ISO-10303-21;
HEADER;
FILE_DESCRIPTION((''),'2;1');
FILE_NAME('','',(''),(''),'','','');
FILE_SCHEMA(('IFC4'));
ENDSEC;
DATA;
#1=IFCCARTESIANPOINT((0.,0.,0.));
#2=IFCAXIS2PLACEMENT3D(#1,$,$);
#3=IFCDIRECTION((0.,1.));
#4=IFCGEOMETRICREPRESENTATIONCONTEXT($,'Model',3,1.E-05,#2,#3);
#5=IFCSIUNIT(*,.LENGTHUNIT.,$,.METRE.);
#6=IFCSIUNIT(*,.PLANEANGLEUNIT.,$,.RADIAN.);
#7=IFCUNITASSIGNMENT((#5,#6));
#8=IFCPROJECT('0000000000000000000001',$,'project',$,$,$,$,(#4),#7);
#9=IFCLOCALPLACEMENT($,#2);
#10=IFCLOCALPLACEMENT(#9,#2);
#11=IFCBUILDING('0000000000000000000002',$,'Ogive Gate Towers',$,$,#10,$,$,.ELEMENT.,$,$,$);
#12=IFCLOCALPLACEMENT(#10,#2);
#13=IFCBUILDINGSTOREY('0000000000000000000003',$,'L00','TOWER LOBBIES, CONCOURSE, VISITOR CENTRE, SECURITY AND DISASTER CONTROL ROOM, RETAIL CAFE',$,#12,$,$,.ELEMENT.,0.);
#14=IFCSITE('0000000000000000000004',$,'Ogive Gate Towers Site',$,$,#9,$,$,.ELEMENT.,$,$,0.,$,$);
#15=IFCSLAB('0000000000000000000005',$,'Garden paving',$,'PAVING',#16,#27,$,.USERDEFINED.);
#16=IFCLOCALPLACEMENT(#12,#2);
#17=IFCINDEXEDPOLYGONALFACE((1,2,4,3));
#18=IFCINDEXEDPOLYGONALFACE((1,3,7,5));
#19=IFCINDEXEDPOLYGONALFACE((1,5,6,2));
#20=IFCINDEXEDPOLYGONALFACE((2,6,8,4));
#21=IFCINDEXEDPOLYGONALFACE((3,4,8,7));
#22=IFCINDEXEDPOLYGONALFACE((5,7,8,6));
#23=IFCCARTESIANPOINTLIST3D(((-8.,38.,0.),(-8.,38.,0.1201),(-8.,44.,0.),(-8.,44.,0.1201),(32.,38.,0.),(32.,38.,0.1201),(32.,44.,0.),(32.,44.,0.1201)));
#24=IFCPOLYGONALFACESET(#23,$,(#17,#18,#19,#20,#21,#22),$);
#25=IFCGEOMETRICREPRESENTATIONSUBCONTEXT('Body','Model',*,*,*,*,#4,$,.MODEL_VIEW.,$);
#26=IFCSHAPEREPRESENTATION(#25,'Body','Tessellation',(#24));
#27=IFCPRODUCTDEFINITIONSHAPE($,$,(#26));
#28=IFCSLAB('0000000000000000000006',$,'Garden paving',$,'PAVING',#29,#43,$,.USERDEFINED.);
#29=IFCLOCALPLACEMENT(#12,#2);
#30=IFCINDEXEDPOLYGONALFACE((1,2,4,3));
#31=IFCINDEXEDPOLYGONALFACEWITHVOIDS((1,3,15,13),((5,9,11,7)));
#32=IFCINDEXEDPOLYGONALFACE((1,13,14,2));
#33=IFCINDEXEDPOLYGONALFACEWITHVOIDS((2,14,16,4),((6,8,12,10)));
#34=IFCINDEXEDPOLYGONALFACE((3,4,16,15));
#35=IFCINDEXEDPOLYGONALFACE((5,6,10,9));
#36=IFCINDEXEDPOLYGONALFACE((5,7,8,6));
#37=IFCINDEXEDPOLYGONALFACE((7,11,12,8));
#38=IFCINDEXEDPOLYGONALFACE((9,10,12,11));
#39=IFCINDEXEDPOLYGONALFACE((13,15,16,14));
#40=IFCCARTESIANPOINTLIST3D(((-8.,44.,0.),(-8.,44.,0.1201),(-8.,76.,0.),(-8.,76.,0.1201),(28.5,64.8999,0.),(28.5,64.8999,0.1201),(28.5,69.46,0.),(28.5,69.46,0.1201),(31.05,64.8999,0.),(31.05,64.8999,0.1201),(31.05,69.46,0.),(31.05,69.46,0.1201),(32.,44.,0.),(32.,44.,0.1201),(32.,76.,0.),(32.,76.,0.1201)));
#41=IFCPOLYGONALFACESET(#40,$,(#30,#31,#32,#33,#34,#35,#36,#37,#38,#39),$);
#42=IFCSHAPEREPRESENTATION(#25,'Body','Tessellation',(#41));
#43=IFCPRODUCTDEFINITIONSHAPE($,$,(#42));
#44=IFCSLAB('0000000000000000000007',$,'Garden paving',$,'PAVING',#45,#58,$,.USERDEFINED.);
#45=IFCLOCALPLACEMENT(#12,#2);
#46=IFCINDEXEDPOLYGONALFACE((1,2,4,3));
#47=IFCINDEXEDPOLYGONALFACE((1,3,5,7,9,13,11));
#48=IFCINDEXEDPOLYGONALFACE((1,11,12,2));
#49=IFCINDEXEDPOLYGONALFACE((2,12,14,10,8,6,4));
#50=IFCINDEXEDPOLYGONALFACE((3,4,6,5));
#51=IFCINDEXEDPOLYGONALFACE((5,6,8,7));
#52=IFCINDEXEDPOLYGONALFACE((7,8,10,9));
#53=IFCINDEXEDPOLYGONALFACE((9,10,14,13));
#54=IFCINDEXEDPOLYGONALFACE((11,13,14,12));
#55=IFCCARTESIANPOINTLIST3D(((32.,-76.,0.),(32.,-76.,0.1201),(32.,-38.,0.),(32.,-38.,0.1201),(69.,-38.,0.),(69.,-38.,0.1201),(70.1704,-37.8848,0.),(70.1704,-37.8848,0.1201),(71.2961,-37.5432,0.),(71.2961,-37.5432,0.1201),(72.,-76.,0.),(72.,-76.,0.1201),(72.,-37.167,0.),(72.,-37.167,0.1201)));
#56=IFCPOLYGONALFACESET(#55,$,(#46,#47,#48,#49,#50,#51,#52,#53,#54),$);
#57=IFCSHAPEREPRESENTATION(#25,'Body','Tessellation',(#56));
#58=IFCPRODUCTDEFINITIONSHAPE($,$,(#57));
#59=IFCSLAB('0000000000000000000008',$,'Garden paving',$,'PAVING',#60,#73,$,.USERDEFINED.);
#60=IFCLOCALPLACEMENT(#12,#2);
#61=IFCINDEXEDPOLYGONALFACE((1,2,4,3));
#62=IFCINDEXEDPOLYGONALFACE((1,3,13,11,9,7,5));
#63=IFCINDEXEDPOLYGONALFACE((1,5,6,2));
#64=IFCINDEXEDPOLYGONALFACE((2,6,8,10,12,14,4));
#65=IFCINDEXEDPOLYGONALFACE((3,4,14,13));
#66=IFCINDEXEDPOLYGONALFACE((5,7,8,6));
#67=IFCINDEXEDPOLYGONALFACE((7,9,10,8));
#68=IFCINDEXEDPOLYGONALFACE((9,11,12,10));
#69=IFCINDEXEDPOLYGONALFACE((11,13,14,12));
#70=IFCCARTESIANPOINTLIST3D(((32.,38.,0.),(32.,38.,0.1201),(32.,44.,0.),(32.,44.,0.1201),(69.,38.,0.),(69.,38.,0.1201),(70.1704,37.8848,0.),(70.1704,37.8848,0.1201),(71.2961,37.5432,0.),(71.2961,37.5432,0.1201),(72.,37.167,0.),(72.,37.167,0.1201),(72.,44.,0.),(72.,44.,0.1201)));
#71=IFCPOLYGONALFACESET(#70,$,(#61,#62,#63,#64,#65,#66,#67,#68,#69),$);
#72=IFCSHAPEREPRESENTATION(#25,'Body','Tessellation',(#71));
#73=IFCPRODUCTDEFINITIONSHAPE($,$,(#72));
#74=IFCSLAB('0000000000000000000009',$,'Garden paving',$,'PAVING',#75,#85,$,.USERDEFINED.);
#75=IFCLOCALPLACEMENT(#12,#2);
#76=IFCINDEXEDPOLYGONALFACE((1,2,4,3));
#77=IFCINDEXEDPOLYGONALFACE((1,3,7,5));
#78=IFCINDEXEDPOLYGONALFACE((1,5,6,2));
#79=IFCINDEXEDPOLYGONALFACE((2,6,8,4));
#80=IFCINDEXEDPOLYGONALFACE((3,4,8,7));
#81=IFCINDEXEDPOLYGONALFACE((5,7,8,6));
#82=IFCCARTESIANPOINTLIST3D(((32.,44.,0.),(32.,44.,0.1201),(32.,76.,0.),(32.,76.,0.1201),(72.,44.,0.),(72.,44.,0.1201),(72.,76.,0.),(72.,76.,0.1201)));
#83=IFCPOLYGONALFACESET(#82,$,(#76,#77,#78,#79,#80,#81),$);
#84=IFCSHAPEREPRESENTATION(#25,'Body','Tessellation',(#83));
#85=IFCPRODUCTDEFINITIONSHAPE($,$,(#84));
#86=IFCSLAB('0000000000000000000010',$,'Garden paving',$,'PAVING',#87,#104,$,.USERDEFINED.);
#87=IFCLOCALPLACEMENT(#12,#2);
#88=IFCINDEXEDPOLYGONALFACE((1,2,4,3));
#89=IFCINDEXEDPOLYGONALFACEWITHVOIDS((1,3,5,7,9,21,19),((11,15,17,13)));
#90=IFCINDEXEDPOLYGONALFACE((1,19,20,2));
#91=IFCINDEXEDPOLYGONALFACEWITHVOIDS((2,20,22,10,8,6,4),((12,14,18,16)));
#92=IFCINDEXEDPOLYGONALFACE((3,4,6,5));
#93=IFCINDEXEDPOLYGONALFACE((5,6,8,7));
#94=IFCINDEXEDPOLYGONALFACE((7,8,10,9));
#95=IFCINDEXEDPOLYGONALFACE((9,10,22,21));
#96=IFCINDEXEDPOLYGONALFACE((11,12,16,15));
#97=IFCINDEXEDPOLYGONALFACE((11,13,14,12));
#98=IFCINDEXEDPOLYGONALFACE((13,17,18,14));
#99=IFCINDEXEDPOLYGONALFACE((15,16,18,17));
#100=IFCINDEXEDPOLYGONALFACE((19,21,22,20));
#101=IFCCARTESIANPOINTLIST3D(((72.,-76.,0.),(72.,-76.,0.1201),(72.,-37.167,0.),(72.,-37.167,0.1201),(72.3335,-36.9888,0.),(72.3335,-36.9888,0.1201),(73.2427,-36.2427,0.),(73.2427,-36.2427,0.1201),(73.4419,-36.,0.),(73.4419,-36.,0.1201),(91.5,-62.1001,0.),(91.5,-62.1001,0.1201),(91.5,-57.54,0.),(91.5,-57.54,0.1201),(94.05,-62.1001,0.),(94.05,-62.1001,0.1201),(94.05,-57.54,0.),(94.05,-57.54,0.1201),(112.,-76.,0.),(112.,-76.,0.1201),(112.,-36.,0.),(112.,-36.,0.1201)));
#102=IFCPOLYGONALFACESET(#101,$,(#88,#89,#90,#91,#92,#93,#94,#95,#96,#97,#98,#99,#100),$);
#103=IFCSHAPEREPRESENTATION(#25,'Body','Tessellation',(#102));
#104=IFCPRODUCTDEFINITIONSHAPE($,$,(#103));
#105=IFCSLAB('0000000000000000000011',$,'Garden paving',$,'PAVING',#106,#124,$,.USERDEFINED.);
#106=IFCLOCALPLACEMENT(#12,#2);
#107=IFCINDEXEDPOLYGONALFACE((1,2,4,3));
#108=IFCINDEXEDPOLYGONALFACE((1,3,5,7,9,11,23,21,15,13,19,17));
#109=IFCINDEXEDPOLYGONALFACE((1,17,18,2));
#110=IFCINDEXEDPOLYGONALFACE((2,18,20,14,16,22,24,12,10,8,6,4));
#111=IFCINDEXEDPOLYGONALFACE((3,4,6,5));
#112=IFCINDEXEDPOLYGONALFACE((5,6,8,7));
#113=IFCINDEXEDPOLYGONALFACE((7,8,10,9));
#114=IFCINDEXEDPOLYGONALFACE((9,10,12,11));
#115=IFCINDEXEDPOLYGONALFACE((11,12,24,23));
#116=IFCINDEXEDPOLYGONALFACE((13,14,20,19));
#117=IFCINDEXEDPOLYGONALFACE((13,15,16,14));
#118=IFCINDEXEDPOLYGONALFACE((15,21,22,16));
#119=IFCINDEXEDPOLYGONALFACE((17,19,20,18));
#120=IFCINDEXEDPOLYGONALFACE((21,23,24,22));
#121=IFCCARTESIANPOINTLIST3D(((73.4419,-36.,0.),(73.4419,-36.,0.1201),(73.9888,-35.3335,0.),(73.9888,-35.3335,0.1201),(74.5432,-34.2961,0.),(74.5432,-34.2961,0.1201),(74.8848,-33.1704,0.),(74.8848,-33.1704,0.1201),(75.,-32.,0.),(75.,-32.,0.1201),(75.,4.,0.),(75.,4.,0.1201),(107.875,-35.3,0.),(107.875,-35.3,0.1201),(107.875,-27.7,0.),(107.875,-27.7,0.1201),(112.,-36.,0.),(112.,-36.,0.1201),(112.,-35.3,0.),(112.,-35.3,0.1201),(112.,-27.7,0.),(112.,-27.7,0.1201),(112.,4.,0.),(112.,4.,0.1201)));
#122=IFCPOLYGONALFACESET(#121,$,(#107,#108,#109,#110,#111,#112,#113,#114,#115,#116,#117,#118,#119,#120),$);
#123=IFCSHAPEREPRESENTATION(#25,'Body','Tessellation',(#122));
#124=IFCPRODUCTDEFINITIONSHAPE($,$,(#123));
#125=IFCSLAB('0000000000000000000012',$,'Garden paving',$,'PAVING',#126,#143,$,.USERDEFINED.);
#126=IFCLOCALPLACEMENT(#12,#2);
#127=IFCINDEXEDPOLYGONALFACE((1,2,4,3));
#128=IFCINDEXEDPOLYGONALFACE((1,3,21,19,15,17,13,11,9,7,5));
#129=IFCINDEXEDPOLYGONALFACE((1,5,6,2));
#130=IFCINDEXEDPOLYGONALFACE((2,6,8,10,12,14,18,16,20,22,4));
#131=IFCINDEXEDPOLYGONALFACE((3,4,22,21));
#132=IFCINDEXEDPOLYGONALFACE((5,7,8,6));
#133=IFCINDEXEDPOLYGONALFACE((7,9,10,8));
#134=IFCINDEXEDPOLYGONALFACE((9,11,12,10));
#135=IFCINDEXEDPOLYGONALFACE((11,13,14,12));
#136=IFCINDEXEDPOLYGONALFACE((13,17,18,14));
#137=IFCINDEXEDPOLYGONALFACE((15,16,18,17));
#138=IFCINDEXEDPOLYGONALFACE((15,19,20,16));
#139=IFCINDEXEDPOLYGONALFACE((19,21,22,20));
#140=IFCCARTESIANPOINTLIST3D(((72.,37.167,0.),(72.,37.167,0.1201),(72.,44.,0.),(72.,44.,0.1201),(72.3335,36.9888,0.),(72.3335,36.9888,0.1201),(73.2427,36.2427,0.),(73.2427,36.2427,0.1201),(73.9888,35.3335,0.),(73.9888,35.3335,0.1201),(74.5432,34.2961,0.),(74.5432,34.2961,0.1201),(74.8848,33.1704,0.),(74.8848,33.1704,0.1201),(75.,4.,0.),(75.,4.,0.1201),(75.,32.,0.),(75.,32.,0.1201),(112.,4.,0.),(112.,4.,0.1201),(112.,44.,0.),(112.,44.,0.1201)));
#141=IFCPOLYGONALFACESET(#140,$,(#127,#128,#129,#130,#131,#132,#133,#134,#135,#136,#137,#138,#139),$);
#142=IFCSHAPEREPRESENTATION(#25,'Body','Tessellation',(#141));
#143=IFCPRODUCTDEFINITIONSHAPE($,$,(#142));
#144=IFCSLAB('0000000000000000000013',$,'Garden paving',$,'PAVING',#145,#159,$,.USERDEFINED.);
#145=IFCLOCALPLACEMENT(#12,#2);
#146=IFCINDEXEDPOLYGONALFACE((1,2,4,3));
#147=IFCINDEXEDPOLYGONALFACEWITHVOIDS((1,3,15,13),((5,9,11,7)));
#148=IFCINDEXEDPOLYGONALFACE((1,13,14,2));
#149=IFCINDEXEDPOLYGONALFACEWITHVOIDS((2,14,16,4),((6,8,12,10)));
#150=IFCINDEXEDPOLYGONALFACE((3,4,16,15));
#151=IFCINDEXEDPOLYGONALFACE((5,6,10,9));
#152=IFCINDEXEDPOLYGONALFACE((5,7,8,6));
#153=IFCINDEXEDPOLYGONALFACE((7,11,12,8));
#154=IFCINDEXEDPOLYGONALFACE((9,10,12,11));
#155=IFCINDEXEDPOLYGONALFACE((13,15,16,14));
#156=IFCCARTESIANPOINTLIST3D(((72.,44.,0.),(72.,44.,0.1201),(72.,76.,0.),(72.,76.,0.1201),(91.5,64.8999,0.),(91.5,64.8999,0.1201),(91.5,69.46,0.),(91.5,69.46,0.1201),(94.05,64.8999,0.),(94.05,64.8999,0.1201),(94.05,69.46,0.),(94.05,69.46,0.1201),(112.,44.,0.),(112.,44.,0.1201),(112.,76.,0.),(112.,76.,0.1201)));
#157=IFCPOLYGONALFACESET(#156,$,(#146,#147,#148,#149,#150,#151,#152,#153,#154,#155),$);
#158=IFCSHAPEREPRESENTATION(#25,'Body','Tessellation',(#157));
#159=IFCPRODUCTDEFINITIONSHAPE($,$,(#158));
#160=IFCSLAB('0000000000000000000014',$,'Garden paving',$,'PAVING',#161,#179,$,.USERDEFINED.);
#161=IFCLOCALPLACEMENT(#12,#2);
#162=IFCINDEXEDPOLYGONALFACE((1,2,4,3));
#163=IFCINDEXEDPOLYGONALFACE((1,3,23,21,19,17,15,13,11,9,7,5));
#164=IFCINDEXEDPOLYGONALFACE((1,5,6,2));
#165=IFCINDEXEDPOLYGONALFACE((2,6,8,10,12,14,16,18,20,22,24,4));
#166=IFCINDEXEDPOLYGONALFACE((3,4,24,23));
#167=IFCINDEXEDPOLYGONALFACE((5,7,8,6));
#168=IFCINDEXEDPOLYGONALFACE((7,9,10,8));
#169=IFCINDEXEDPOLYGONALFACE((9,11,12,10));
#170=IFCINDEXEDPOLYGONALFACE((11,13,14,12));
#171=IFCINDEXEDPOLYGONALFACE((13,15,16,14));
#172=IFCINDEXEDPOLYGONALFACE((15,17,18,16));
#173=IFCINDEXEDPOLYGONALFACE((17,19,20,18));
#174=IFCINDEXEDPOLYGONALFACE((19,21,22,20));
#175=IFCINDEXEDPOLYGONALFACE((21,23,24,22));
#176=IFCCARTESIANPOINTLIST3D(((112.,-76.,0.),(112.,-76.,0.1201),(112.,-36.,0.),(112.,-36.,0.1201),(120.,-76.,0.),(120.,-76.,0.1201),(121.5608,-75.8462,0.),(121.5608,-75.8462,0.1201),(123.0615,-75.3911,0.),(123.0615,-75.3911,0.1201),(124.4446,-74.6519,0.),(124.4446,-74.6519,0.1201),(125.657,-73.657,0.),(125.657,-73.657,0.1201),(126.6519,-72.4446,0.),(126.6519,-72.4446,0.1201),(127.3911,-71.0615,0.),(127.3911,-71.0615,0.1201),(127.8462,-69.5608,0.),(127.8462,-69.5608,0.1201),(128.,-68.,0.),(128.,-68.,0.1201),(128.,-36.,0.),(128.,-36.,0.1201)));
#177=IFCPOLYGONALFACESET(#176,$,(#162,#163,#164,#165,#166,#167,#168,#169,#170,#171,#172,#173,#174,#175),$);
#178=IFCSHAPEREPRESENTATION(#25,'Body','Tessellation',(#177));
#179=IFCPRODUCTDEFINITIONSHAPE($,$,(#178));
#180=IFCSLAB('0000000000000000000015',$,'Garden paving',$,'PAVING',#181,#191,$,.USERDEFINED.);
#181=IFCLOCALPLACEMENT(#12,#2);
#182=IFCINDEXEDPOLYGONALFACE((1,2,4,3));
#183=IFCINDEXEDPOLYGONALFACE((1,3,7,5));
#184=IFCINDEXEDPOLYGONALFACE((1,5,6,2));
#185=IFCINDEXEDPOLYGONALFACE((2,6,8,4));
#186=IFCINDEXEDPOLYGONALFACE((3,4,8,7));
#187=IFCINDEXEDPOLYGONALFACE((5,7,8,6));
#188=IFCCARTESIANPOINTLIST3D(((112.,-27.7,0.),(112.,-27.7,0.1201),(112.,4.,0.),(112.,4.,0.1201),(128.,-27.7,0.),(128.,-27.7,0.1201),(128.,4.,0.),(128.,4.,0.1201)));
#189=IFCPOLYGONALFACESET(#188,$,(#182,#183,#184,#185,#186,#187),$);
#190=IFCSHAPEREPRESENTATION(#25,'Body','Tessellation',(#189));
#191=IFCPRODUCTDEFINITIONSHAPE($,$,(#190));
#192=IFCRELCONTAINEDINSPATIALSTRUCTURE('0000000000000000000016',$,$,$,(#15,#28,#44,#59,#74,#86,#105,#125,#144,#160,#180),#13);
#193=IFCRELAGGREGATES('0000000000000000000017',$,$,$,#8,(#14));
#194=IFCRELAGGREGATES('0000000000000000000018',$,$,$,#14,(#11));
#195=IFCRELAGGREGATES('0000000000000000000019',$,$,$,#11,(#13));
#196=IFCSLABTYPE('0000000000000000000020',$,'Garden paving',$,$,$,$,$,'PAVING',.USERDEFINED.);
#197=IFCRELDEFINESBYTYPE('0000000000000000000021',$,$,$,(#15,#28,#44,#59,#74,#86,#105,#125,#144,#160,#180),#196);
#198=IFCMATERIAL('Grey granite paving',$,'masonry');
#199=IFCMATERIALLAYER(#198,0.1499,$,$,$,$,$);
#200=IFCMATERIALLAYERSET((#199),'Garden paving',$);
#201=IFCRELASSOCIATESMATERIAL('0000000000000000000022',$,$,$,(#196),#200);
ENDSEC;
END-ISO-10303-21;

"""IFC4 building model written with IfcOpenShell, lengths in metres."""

from ifc_helpers import new_model, si_unit, direction, origin, place, context, subcontext, project, spatial, polyline, outline, extrude, material, layer, layer_set, type_object, element, save


model = new_model("IFC4")

# Units and contexts
model_context = context("Model", 3, precision=1e-05, world=origin(), true_north=direction((0.0, 1.0)))
body_context = subcontext(model_context, "Body", "Model", "MODEL_VIEW")
ifc_project = project(units=[si_unit("LENGTHUNIT", "METRE"), si_unit("PLANEANGLEUNIT", "RADIAN")], contexts=[model_context])

# Site, building, storey
site_placement = place(None, origin())
site = spatial("IfcSite", under=ifc_project, at=site_placement, Name="Ogive Gate Towers Site", CompositionType="ELEMENT", RefElevation=0.0)
building_placement = place(site_placement, origin())
building = spatial("IfcBuilding", under=site, at=building_placement, Name="Ogive Gate Towers", CompositionType="ELEMENT")
storey_placement = place(building_placement, origin())
storey = spatial("IfcBuildingStorey", under=building, at=storey_placement, Name="L00", Description="TOWER LOBBIES, CONCOURSE, VISITOR CENTRE, SECURITY AND DISASTER CONTROL ROOM, RETAIL CAFE", CompositionType="ELEMENT", Elevation=0.0)

# Slabs
ifc_material_1 = material(Name="Grey granite paving", Category="masonry")
ifc_layer_1 = layer(ifc_material_1, 0.1499)
ifc_layer_set_1 = layer_set([ifc_layer_1], Name="Garden paving")
slab_type_1 = type_object("IfcSlabType", Name="Garden paving", ElementType="PAVING", PredefinedType="USERDEFINED", material=ifc_layer_set_1)
slab_1_placement = place(storey_placement, origin())
element("IfcSlab", 1, at=slab_1_placement, inside=storey, type_object=slab_type_1, Name="Garden paving", ObjectType="PAVING", PredefinedType="USERDEFINED", context=body_context, shape_type="SweptSolid", body=[
    extrude(outline(polyline([(-8.0, 38.0), (-8.0, 44.0), (32.0, 44.0), (32.0, 38.0), (-8.0, 38.0)])), origin(), (0.0, 0.0, 1.0), 0.1201),
])
slab_2_placement = place(storey_placement, origin())
element("IfcSlab", 2, at=slab_2_placement, inside=storey, type_object=slab_type_1, Name="Garden paving", ObjectType="PAVING", PredefinedType="USERDEFINED", context=body_context, shape_type="SweptSolid", body=[
    extrude(outline(polyline([(32.0, 76.0), (32.0, 44.0), (-8.0, 44.0), (-8.0, 76.0), (32.0, 76.0)]), holes=[polyline([(28.5, 64.8999), (31.05, 64.8999), (31.05, 69.46), (28.5, 69.46), (28.5, 64.8999)])]), origin(), (0.0, 0.0, 1.0), 0.1201),
])
slab_3_placement = place(storey_placement, origin())
element("IfcSlab", 3, at=slab_3_placement, inside=storey, type_object=slab_type_1, Name="Garden paving", ObjectType="PAVING", PredefinedType="USERDEFINED", context=body_context, shape_type="SweptSolid", body=[
    extrude(outline(polyline([(32.0, -76.0), (32.0, -38.0), (69.0, -38.0), (70.1704, -37.8848), (71.2961, -37.5432), (72.0, -37.167), (72.0, -76.0), (32.0, -76.0)])), origin(), (0.0, 0.0, 1.0), 0.1201),
])
slab_4_placement = place(storey_placement, origin())
element("IfcSlab", 4, at=slab_4_placement, inside=storey, type_object=slab_type_1, Name="Garden paving", ObjectType="PAVING", PredefinedType="USERDEFINED", context=body_context, shape_type="SweptSolid", body=[
    extrude(outline(polyline([(71.2961, 37.5432), (70.1704, 37.8848), (69.0, 38.0), (32.0, 38.0), (32.0, 44.0), (72.0, 44.0), (72.0, 37.167), (71.2961, 37.5432)])), origin(), (0.0, 0.0, 1.0), 0.1201),
])
slab_5_placement = place(storey_placement, origin())
element("IfcSlab", 5, at=slab_5_placement, inside=storey, type_object=slab_type_1, Name="Garden paving", ObjectType="PAVING", PredefinedType="USERDEFINED", context=body_context, shape_type="SweptSolid", body=[
    extrude(outline(polyline([(72.0, 76.0), (72.0, 44.0), (32.0, 44.0), (32.0, 76.0), (72.0, 76.0)])), origin(), (0.0, 0.0, 1.0), 0.1201),
])
slab_6_placement = place(storey_placement, origin())
element("IfcSlab", 6, at=slab_6_placement, inside=storey, type_object=slab_type_1, Name="Garden paving", ObjectType="PAVING", PredefinedType="USERDEFINED", context=body_context, shape_type="SweptSolid", body=[
    extrude(outline(polyline([(72.0, -76.0), (72.0, -37.167), (72.3335, -36.9888), (73.2427, -36.2427), (73.4419, -36.0), (112.0, -36.0), (112.0, -76.0), (72.0, -76.0)]), holes=[polyline([(91.5, -57.54), (91.5, -62.1001), (94.05, -62.1001), (94.05, -57.54), (91.5, -57.54)])]), origin(), (0.0, 0.0, 1.0), 0.1201),
])
slab_7_placement = place(storey_placement, origin())
element("IfcSlab", 7, at=slab_7_placement, inside=storey, type_object=slab_type_1, Name="Garden paving", ObjectType="PAVING", PredefinedType="USERDEFINED", context=body_context, shape_type="SweptSolid", body=[
    extrude(outline(polyline([(107.875, -27.7), (107.875, -35.3), (112.0, -35.3), (112.0, -36.0), (73.4419, -36.0), (73.9888, -35.3335), (74.5432, -34.2961), (74.8848, -33.1704), (75.0, -32.0), (75.0, 4.0), (112.0, 4.0), (112.0, -27.7), (107.875, -27.7)])), origin(), (0.0, 0.0, 1.0), 0.1201),
])
slab_8_placement = place(storey_placement, origin())
element("IfcSlab", 8, at=slab_8_placement, inside=storey, type_object=slab_type_1, Name="Garden paving", ObjectType="PAVING", PredefinedType="USERDEFINED", context=body_context, shape_type="SweptSolid", body=[
    extrude(outline(polyline([(73.9888, 35.3335), (73.2427, 36.2427), (72.3335, 36.9888), (72.0, 37.167), (72.0, 44.0), (112.0, 44.0), (112.0, 4.0), (75.0, 4.0), (75.0, 32.0), (74.8848, 33.1704), (74.5432, 34.2961), (73.9888, 35.3335)])), origin(), (0.0, 0.0, 1.0), 0.1201),
])
slab_9_placement = place(storey_placement, origin())
element("IfcSlab", 9, at=slab_9_placement, inside=storey, type_object=slab_type_1, Name="Garden paving", ObjectType="PAVING", PredefinedType="USERDEFINED", context=body_context, shape_type="SweptSolid", body=[
    extrude(outline(polyline([(112.0, 76.0), (112.0, 44.0), (72.0, 44.0), (72.0, 76.0), (112.0, 76.0)]), holes=[polyline([(91.5, 69.46), (91.5, 64.8999), (94.05, 64.8999), (94.05, 69.46), (91.5, 69.46)])]), origin(), (0.0, 0.0, 1.0), 0.1201),
])
slab_10_placement = place(storey_placement, origin())
element("IfcSlab", 10, at=slab_10_placement, inside=storey, type_object=slab_type_1, Name="Garden paving", ObjectType="PAVING", PredefinedType="USERDEFINED", context=body_context, shape_type="SweptSolid", body=[
    extrude(outline(polyline([(128.0, -68.0), (127.8462, -69.5608), (127.3911, -71.0615), (126.6519, -72.4446), (125.657, -73.657), (124.4446, -74.6519), (123.0615, -75.3911), (121.5608, -75.8462), (120.0, -76.0), (112.0, -76.0), (112.0, -36.0), (128.0, -36.0), (128.0, -68.0)])), origin(), (0.0, 0.0, 1.0), 0.1201),
])
slab_11_placement = place(storey_placement, origin())
element("IfcSlab", 11, at=slab_11_placement, inside=storey, type_object=slab_type_1, Name="Garden paving", ObjectType="PAVING", PredefinedType="USERDEFINED", context=body_context, shape_type="SweptSolid", body=[
    extrude(outline(polyline([(128.0, -27.7), (112.0, -27.7), (112.0, 4.0), (128.0, 4.0), (128.0, -27.7)])), origin(), (0.0, 0.0, 1.0), 0.1201),
])

save(model, "model.ifc")
